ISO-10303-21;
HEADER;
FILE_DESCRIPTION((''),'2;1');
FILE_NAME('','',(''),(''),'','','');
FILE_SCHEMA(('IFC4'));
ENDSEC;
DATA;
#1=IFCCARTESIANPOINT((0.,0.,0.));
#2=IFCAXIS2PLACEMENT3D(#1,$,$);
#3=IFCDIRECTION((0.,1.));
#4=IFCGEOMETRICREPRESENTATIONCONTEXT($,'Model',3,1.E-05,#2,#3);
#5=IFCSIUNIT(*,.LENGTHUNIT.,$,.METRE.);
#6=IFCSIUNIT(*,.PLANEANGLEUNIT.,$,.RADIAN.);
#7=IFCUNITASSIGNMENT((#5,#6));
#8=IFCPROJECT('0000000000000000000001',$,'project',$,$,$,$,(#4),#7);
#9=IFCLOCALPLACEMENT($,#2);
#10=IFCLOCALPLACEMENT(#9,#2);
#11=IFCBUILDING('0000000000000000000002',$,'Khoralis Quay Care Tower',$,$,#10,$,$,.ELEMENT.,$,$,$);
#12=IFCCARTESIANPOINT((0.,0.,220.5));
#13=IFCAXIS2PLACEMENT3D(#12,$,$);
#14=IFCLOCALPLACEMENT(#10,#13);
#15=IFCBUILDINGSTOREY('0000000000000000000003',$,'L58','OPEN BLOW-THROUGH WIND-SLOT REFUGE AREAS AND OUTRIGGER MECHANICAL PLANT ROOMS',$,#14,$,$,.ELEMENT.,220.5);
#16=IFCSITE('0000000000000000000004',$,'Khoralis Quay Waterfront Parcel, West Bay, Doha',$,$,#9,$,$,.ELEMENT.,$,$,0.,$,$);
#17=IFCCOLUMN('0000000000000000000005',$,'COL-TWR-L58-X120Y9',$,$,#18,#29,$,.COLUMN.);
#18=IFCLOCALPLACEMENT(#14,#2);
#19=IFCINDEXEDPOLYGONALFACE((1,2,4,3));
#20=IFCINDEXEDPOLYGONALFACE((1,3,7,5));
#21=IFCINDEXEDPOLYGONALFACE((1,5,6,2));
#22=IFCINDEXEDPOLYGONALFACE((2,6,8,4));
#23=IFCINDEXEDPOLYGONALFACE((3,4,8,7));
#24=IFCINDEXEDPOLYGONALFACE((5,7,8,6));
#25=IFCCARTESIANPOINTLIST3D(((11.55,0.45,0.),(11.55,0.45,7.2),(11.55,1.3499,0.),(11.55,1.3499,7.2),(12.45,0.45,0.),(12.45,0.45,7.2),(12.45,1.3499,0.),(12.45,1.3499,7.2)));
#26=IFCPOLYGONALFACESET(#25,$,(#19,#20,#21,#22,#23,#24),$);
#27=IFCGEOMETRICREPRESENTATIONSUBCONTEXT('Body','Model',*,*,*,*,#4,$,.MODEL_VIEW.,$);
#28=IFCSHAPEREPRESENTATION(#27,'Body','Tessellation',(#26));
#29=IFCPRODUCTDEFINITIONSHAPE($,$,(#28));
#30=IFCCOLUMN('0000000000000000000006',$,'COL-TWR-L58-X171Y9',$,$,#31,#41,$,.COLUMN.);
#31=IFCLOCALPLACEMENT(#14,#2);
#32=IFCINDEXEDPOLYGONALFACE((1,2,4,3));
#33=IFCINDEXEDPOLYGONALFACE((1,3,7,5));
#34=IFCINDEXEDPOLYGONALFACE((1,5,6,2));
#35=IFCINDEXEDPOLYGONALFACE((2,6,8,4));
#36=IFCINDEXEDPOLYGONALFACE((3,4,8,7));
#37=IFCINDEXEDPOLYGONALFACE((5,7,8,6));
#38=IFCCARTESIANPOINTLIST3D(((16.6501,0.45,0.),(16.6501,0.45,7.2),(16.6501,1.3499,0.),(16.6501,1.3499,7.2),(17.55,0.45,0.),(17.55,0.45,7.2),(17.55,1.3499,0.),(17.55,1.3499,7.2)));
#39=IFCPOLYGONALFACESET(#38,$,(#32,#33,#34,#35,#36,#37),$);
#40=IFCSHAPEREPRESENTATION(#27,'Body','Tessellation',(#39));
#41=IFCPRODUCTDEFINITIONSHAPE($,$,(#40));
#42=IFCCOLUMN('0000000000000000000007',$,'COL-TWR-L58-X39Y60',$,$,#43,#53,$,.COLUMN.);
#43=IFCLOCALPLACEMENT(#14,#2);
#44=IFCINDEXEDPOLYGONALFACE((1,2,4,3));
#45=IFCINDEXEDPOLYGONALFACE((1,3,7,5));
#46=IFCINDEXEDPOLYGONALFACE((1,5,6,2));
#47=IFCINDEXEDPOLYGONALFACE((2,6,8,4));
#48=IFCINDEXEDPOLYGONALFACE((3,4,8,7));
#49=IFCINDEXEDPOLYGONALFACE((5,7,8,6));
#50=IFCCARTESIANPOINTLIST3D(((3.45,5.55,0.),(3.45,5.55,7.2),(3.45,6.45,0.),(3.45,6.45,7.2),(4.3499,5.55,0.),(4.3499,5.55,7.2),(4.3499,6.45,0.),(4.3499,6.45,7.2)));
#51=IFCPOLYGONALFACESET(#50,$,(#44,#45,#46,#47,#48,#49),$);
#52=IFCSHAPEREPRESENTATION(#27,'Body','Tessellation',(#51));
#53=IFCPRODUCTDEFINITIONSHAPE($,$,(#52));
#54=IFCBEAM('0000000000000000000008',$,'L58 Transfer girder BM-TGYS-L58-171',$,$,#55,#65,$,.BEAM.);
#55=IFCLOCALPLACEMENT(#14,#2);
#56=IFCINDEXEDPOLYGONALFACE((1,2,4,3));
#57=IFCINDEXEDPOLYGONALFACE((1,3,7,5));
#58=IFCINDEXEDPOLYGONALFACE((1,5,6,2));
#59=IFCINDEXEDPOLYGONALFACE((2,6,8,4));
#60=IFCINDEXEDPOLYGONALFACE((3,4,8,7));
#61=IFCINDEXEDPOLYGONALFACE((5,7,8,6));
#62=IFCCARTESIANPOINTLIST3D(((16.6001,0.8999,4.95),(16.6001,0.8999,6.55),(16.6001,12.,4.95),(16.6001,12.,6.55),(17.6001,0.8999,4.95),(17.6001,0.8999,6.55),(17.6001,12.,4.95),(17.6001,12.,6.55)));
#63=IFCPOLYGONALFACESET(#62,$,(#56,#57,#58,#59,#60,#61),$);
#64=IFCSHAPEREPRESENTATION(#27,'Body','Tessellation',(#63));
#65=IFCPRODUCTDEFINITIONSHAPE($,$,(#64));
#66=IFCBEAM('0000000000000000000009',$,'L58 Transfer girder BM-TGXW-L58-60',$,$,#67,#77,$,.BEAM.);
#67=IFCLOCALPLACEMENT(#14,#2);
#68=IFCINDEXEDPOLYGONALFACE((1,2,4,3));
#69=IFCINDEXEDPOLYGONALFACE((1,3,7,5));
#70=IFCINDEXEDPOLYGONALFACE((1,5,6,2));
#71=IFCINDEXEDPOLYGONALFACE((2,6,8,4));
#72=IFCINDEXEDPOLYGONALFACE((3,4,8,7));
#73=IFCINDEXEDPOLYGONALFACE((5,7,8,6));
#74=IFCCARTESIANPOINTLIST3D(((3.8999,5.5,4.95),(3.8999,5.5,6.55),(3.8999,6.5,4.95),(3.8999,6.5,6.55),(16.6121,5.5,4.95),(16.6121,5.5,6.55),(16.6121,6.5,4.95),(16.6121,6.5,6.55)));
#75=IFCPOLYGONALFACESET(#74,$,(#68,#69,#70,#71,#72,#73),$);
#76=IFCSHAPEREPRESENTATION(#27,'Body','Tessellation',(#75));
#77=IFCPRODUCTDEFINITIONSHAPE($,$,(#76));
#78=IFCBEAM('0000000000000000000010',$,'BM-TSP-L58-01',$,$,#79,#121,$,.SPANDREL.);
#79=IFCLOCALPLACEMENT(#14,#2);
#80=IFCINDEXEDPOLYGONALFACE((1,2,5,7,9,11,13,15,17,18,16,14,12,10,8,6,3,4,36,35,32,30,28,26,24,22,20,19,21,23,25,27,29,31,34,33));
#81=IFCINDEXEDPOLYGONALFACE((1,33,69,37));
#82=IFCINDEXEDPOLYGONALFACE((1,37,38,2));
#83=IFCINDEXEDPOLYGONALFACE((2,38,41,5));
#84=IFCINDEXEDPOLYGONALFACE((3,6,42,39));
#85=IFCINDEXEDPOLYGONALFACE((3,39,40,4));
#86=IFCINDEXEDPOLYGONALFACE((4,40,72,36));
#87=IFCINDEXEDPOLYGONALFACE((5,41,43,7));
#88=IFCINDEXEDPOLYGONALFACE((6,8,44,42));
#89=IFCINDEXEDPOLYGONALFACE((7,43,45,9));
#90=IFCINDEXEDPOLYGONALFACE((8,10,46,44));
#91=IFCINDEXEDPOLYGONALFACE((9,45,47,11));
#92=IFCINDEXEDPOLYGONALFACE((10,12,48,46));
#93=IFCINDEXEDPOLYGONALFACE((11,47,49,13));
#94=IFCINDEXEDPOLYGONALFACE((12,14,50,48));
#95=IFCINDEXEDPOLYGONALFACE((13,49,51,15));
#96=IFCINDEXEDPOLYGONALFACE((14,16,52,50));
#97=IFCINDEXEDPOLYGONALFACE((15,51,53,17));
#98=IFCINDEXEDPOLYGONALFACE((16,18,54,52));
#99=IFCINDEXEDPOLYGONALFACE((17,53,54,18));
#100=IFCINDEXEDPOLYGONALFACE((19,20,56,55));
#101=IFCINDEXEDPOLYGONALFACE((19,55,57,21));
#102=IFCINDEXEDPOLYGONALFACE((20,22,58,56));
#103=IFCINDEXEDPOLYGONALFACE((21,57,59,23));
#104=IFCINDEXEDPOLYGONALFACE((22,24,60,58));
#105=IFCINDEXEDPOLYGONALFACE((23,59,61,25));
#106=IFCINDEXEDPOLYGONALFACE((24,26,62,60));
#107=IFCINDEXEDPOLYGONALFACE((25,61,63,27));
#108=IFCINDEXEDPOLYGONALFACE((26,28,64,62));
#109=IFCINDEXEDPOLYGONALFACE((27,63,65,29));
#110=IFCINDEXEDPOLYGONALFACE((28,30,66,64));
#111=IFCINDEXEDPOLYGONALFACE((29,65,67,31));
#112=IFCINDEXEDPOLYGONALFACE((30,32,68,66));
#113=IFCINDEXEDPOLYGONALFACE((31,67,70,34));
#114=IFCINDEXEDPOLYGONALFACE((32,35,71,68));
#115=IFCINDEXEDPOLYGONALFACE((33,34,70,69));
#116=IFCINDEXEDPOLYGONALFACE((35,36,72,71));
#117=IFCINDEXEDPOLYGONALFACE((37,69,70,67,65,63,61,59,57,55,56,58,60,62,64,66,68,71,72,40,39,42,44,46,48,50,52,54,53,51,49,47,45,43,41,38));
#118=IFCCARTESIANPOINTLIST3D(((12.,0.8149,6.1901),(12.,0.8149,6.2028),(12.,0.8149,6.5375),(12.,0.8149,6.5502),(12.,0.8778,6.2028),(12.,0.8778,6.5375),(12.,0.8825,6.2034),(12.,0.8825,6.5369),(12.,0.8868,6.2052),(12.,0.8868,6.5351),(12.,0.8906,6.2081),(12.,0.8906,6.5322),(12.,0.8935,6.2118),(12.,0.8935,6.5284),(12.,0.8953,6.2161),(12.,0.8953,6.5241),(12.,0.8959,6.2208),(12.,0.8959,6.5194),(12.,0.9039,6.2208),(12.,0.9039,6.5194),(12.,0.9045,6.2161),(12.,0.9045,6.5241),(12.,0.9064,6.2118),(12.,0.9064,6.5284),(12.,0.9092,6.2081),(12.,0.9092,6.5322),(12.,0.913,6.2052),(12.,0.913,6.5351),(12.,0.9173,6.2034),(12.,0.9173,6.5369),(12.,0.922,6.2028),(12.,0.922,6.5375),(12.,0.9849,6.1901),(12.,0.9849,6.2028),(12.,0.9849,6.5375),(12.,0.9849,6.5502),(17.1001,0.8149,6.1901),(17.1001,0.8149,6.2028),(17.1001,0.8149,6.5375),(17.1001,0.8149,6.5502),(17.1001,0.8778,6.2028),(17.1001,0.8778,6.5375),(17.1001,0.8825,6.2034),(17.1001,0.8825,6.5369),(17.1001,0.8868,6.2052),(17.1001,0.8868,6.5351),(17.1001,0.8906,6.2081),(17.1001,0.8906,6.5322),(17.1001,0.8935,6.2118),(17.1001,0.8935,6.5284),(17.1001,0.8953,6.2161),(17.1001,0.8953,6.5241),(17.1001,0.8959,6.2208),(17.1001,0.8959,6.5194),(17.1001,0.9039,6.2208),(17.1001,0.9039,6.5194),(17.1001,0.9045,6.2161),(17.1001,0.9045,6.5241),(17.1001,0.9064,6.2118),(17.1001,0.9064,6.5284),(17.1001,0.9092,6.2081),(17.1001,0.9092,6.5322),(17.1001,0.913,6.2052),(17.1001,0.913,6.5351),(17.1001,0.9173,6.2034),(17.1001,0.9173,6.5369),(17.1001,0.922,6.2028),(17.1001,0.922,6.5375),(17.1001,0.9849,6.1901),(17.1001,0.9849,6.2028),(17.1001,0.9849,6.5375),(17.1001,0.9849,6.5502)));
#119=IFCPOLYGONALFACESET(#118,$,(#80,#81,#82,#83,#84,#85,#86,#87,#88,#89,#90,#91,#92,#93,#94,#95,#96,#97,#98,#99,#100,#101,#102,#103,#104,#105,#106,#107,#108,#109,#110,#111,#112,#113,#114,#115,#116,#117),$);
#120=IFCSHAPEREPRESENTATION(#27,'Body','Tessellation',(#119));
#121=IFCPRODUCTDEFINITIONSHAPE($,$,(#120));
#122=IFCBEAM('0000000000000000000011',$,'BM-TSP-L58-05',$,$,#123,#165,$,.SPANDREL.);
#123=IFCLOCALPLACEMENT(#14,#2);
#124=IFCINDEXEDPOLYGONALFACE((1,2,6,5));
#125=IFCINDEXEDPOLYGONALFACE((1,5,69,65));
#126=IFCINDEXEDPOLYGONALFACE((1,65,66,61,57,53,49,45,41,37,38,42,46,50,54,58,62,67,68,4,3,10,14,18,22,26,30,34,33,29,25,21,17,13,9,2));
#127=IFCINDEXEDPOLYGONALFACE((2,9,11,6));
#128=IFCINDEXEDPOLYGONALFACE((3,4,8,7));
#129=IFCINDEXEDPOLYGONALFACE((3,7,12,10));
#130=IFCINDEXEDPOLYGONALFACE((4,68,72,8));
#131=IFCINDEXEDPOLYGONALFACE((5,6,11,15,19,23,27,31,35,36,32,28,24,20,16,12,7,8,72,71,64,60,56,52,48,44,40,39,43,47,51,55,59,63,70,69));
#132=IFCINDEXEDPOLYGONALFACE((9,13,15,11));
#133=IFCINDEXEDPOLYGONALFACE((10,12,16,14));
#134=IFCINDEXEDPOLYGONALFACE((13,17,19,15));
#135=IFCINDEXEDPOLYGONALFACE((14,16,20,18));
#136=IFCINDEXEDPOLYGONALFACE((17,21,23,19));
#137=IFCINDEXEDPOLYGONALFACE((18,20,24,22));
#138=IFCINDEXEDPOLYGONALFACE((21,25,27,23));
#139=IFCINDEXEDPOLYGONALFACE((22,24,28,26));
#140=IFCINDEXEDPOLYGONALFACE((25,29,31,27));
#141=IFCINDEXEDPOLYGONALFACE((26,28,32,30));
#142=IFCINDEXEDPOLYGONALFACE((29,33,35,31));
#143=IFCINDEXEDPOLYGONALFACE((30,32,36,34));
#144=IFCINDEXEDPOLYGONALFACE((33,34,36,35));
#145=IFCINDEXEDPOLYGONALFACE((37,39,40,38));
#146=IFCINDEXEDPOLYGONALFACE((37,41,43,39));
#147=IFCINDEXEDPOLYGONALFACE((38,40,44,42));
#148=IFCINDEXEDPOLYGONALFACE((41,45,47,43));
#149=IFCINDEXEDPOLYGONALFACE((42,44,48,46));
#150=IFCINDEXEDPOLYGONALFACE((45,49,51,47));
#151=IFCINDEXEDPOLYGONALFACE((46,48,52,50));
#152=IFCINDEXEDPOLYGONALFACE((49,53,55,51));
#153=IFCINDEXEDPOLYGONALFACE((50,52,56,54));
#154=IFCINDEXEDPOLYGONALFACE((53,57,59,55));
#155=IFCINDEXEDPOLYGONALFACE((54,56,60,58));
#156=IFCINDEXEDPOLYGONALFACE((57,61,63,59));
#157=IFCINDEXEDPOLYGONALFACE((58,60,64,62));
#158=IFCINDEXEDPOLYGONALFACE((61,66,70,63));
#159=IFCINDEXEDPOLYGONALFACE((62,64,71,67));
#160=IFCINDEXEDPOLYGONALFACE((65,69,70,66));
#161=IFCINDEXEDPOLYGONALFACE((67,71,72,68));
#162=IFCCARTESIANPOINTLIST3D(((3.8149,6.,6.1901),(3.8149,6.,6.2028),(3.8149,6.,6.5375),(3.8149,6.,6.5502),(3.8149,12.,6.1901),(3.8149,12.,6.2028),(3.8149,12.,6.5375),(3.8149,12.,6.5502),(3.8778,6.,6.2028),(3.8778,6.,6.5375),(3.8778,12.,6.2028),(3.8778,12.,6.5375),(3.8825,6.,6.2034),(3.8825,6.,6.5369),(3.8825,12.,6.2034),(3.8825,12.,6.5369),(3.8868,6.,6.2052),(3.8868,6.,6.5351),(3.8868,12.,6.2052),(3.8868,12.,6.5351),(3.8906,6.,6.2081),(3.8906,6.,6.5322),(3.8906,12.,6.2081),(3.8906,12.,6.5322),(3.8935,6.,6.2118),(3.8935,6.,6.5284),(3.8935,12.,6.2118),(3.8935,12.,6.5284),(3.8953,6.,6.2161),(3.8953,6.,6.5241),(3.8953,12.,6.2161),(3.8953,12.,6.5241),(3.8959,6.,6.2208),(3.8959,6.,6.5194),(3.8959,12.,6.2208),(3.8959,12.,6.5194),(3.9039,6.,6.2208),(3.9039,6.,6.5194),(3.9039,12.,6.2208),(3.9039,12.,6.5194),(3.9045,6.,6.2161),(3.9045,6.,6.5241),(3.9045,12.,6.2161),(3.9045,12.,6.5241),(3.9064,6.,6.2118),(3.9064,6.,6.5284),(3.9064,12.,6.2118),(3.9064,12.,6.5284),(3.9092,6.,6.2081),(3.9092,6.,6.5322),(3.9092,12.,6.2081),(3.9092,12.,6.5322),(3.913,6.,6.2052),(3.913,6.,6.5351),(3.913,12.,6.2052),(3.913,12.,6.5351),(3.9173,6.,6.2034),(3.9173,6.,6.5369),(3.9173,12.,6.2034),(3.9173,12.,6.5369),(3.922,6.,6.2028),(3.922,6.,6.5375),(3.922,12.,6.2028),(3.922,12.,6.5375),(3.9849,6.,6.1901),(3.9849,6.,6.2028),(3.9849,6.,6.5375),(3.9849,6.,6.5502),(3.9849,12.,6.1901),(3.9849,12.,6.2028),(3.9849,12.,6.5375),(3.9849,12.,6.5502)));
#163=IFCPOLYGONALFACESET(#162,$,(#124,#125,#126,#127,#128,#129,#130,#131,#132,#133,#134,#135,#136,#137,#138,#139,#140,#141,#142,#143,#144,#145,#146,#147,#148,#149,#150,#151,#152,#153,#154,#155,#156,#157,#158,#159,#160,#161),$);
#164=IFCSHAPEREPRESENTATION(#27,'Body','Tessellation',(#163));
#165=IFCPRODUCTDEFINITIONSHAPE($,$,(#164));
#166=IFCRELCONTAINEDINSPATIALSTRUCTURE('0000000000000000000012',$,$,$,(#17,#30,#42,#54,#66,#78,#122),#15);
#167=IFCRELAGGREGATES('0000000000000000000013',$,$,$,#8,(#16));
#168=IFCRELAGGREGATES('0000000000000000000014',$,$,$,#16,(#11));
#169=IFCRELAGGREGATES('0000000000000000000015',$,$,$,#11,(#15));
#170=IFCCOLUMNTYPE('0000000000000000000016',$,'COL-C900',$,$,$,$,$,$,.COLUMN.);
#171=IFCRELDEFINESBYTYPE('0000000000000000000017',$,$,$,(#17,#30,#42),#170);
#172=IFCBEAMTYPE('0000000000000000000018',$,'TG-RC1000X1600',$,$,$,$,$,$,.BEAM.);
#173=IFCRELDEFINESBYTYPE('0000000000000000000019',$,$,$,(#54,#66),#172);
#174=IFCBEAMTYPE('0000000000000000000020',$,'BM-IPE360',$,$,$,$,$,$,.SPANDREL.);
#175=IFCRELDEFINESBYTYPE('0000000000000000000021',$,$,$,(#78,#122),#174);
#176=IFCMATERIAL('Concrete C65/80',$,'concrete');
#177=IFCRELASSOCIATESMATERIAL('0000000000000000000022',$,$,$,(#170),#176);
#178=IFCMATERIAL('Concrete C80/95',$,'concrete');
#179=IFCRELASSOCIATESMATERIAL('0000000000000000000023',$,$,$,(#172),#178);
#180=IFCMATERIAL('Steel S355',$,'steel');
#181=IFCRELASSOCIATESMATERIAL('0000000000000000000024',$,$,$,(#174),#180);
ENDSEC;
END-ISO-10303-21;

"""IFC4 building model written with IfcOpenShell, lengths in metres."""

from ifc_helpers import new_model, si_unit, direction, frame, origin, origin_2d, place, context, subcontext, project, spatial, rectangle, i_section, extrude, source, transform, mapped, material, material_profile, profile_set, type_object, element, save


model = new_model("IFC4")

# Units and contexts
model_context = context("Model", 3, precision=1e-05, world=origin(), true_north=direction((0.0, 1.0)))
body_context = subcontext(model_context, "Body", "Model", "MODEL_VIEW")
ifc_project = project(units=[si_unit("LENGTHUNIT", "METRE"), si_unit("PLANEANGLEUNIT", "RADIAN")], contexts=[model_context])

# Site, building, storey
site_placement = place(None, origin())
site = spatial("IfcSite", under=ifc_project, at=site_placement, Name="Khoralis Quay Waterfront Parcel, West Bay, Doha", CompositionType="ELEMENT", RefElevation=0.0)
building_placement = place(site_placement, origin())
building = spatial("IfcBuilding", under=site, at=building_placement, Name="Khoralis Quay Care Tower", CompositionType="ELEMENT")
storey_placement = place(building_placement, frame((0.0, 0.0, 220.5)))
storey = spatial("IfcBuildingStorey", under=building, at=storey_placement, Name="L58", Description="OPEN BLOW-THROUGH WIND-SLOT REFUGE AREAS AND OUTRIGGER MECHANICAL PLANT ROOMS", CompositionType="ELEMENT", Elevation=220.5)

# Columns
ifc_material_1 = material(Name="Concrete C65/80", Category="concrete")
ifc_material_profile_1 = material_profile(ifc_material_1, rectangle(XDim=0.8999, YDim=0.8999, at=origin_2d()), Name="Concrete C65/80")
ifc_profile_set_1 = profile_set([ifc_material_profile_1], Name="Concrete C65/80")
column_type = type_object("IfcColumnType", Name="COL-C900", PredefinedType="COLUMN", material=ifc_profile_set_1)
shared_shape_1 = source(origin(), body_context, "Body", "SweptSolid", [
    extrude(rectangle(XDim=0.8999, YDim=0.8999, at=origin_2d()), origin(), (0.0, 0.0, 1.0), 7.2),
])
for number, where, z_axis, x_axis, name in (
    (1, (12.0, 0.8999, 0.0), (0.0, 0.0, 1.0), (1.0, 0.0, 0.0), "COL-TWR-L58-X120Y9"),
    (2, (17.1001, 0.8999, 0.0), (0.0, 0.0, 1.0), (1.0, 0.0, 0.0), "COL-TWR-L58-X171Y9"),
    (3, (3.8999, 6.0, 0.0), (0.0, 0.0, 1.0), (1.0, 0.0, 0.0), "COL-TWR-L58-X39Y60"),
):
    element("IfcColumn", number, at=place(storey_placement, frame(where, z_axis=z_axis, x_axis=x_axis)), inside=storey, type_object=column_type, Name=name, PredefinedType="COLUMN", context=body_context, shape_type="MappedRepresentation", body=[
        mapped(shared_shape_1, transform((0.0, 0.0, 0.0), scale=1.0)),
    ])

# Beams
ifc_material_2 = material(Name="Concrete C80/95", Category="concrete")
ifc_material_profile_2 = material_profile(ifc_material_2, rectangle(XDim=1.0, YDim=1.6001, at=origin_2d()), Name="Concrete C80/95")
ifc_profile_set_2 = profile_set([ifc_material_profile_2], Name="Concrete C80/95")
beam_type_1 = type_object("IfcBeamType", Name="TG-RC1000X1600", PredefinedType="BEAM", material=ifc_profile_set_2)
shared_shape_2 = source(origin(), body_context, "Body", "SweptSolid", [
    extrude(rectangle(XDim=1.0, YDim=1.6001, at=origin_2d()), origin(), (0.0, 0.0, 1.0), 11.1001),
])
beam_1_placement = place(storey_placement, frame((17.1001, 0.8999, 5.75), z_axis=(0.0, 1.0, 0.0), x_axis=(-1.0, 0.0, 0.0)))
element("IfcBeam", 4, at=beam_1_placement, inside=storey, type_object=beam_type_1, Name="L58 Transfer girder BM-TGYS-L58-171", PredefinedType="BEAM", context=body_context, shape_type="MappedRepresentation", body=[
    mapped(shared_shape_2, transform((0.0, 0.0, 0.0), scale=1.0)),
])
shared_shape_3 = source(origin(), body_context, "Body", "SweptSolid", [
    extrude(rectangle(XDim=1.0, YDim=1.6001, at=origin_2d()), origin(), (0.0, 0.0, 1.0), 12.7122),
])
beam_2_placement = place(storey_placement, frame((3.8999, 6.0, 5.75), z_axis=(1.0, 0.0, 0.0), x_axis=(0.0, 1.0, 0.0)))
element("IfcBeam", 5, at=beam_2_placement, inside=storey, type_object=beam_type_1, Name="L58 Transfer girder BM-TGXW-L58-60", PredefinedType="BEAM", context=body_context, shape_type="MappedRepresentation", body=[
    mapped(shared_shape_3, transform((0.0, 0.0, 0.0), scale=1.0)),
])
ifc_material_3 = material(Name="Steel S355", Category="steel")
ifc_material_profile_3 = material_profile(ifc_material_3, i_section(OverallWidth=0.1699, OverallDepth=0.3601, WebThickness=0.0081, FlangeThickness=0.0127, FilletRadius=0.0181, at=origin_2d()), Name="Steel S355")
ifc_profile_set_3 = profile_set([ifc_material_profile_3], Name="Steel S355")
beam_type_2 = type_object("IfcBeamType", Name="BM-IPE360", PredefinedType="SPANDREL", material=ifc_profile_set_3)
shared_shape_4 = source(origin(), body_context, "Body", "SweptSolid", [
    extrude(i_section(OverallWidth=0.1699, OverallDepth=0.3601, WebThickness=0.0081, FlangeThickness=0.0127, FilletRadius=0.0181, at=origin_2d()), origin(), (0.0, 0.0, 1.0), 5.1001),
])
beam_3_placement = place(storey_placement, frame((12.0, 0.8999, 6.3701), z_axis=(1.0, 0.0, 0.0), x_axis=(0.0, 1.0, 0.0)))
element("IfcBeam", 6, at=beam_3_placement, inside=storey, type_object=beam_type_2, Name="BM-TSP-L58-01", PredefinedType="SPANDREL", context=body_context, shape_type="MappedRepresentation", body=[
    mapped(shared_shape_4, transform((0.0, 0.0, 0.0), scale=1.0)),
])
shared_shape_5 = source(origin(), body_context, "Body", "SweptSolid", [
    extrude(i_section(OverallWidth=0.1699, OverallDepth=0.3601, WebThickness=0.0081, FlangeThickness=0.0127, FilletRadius=0.0181, at=origin_2d()), origin(), (0.0, 0.0, 1.0), 6.0),
])
beam_4_placement = place(storey_placement, frame((3.8999, 6.0, 6.3701), z_axis=(0.0, 1.0, 0.0), x_axis=(-1.0, 0.0, 0.0)))
element("IfcBeam", 7, at=beam_4_placement, inside=storey, type_object=beam_type_2, Name="BM-TSP-L58-05", PredefinedType="SPANDREL", context=body_context, shape_type="MappedRepresentation", body=[
    mapped(shared_shape_5, transform((0.0, 0.0, 0.0), scale=1.0)),
])

save(model, "model.ifc")
